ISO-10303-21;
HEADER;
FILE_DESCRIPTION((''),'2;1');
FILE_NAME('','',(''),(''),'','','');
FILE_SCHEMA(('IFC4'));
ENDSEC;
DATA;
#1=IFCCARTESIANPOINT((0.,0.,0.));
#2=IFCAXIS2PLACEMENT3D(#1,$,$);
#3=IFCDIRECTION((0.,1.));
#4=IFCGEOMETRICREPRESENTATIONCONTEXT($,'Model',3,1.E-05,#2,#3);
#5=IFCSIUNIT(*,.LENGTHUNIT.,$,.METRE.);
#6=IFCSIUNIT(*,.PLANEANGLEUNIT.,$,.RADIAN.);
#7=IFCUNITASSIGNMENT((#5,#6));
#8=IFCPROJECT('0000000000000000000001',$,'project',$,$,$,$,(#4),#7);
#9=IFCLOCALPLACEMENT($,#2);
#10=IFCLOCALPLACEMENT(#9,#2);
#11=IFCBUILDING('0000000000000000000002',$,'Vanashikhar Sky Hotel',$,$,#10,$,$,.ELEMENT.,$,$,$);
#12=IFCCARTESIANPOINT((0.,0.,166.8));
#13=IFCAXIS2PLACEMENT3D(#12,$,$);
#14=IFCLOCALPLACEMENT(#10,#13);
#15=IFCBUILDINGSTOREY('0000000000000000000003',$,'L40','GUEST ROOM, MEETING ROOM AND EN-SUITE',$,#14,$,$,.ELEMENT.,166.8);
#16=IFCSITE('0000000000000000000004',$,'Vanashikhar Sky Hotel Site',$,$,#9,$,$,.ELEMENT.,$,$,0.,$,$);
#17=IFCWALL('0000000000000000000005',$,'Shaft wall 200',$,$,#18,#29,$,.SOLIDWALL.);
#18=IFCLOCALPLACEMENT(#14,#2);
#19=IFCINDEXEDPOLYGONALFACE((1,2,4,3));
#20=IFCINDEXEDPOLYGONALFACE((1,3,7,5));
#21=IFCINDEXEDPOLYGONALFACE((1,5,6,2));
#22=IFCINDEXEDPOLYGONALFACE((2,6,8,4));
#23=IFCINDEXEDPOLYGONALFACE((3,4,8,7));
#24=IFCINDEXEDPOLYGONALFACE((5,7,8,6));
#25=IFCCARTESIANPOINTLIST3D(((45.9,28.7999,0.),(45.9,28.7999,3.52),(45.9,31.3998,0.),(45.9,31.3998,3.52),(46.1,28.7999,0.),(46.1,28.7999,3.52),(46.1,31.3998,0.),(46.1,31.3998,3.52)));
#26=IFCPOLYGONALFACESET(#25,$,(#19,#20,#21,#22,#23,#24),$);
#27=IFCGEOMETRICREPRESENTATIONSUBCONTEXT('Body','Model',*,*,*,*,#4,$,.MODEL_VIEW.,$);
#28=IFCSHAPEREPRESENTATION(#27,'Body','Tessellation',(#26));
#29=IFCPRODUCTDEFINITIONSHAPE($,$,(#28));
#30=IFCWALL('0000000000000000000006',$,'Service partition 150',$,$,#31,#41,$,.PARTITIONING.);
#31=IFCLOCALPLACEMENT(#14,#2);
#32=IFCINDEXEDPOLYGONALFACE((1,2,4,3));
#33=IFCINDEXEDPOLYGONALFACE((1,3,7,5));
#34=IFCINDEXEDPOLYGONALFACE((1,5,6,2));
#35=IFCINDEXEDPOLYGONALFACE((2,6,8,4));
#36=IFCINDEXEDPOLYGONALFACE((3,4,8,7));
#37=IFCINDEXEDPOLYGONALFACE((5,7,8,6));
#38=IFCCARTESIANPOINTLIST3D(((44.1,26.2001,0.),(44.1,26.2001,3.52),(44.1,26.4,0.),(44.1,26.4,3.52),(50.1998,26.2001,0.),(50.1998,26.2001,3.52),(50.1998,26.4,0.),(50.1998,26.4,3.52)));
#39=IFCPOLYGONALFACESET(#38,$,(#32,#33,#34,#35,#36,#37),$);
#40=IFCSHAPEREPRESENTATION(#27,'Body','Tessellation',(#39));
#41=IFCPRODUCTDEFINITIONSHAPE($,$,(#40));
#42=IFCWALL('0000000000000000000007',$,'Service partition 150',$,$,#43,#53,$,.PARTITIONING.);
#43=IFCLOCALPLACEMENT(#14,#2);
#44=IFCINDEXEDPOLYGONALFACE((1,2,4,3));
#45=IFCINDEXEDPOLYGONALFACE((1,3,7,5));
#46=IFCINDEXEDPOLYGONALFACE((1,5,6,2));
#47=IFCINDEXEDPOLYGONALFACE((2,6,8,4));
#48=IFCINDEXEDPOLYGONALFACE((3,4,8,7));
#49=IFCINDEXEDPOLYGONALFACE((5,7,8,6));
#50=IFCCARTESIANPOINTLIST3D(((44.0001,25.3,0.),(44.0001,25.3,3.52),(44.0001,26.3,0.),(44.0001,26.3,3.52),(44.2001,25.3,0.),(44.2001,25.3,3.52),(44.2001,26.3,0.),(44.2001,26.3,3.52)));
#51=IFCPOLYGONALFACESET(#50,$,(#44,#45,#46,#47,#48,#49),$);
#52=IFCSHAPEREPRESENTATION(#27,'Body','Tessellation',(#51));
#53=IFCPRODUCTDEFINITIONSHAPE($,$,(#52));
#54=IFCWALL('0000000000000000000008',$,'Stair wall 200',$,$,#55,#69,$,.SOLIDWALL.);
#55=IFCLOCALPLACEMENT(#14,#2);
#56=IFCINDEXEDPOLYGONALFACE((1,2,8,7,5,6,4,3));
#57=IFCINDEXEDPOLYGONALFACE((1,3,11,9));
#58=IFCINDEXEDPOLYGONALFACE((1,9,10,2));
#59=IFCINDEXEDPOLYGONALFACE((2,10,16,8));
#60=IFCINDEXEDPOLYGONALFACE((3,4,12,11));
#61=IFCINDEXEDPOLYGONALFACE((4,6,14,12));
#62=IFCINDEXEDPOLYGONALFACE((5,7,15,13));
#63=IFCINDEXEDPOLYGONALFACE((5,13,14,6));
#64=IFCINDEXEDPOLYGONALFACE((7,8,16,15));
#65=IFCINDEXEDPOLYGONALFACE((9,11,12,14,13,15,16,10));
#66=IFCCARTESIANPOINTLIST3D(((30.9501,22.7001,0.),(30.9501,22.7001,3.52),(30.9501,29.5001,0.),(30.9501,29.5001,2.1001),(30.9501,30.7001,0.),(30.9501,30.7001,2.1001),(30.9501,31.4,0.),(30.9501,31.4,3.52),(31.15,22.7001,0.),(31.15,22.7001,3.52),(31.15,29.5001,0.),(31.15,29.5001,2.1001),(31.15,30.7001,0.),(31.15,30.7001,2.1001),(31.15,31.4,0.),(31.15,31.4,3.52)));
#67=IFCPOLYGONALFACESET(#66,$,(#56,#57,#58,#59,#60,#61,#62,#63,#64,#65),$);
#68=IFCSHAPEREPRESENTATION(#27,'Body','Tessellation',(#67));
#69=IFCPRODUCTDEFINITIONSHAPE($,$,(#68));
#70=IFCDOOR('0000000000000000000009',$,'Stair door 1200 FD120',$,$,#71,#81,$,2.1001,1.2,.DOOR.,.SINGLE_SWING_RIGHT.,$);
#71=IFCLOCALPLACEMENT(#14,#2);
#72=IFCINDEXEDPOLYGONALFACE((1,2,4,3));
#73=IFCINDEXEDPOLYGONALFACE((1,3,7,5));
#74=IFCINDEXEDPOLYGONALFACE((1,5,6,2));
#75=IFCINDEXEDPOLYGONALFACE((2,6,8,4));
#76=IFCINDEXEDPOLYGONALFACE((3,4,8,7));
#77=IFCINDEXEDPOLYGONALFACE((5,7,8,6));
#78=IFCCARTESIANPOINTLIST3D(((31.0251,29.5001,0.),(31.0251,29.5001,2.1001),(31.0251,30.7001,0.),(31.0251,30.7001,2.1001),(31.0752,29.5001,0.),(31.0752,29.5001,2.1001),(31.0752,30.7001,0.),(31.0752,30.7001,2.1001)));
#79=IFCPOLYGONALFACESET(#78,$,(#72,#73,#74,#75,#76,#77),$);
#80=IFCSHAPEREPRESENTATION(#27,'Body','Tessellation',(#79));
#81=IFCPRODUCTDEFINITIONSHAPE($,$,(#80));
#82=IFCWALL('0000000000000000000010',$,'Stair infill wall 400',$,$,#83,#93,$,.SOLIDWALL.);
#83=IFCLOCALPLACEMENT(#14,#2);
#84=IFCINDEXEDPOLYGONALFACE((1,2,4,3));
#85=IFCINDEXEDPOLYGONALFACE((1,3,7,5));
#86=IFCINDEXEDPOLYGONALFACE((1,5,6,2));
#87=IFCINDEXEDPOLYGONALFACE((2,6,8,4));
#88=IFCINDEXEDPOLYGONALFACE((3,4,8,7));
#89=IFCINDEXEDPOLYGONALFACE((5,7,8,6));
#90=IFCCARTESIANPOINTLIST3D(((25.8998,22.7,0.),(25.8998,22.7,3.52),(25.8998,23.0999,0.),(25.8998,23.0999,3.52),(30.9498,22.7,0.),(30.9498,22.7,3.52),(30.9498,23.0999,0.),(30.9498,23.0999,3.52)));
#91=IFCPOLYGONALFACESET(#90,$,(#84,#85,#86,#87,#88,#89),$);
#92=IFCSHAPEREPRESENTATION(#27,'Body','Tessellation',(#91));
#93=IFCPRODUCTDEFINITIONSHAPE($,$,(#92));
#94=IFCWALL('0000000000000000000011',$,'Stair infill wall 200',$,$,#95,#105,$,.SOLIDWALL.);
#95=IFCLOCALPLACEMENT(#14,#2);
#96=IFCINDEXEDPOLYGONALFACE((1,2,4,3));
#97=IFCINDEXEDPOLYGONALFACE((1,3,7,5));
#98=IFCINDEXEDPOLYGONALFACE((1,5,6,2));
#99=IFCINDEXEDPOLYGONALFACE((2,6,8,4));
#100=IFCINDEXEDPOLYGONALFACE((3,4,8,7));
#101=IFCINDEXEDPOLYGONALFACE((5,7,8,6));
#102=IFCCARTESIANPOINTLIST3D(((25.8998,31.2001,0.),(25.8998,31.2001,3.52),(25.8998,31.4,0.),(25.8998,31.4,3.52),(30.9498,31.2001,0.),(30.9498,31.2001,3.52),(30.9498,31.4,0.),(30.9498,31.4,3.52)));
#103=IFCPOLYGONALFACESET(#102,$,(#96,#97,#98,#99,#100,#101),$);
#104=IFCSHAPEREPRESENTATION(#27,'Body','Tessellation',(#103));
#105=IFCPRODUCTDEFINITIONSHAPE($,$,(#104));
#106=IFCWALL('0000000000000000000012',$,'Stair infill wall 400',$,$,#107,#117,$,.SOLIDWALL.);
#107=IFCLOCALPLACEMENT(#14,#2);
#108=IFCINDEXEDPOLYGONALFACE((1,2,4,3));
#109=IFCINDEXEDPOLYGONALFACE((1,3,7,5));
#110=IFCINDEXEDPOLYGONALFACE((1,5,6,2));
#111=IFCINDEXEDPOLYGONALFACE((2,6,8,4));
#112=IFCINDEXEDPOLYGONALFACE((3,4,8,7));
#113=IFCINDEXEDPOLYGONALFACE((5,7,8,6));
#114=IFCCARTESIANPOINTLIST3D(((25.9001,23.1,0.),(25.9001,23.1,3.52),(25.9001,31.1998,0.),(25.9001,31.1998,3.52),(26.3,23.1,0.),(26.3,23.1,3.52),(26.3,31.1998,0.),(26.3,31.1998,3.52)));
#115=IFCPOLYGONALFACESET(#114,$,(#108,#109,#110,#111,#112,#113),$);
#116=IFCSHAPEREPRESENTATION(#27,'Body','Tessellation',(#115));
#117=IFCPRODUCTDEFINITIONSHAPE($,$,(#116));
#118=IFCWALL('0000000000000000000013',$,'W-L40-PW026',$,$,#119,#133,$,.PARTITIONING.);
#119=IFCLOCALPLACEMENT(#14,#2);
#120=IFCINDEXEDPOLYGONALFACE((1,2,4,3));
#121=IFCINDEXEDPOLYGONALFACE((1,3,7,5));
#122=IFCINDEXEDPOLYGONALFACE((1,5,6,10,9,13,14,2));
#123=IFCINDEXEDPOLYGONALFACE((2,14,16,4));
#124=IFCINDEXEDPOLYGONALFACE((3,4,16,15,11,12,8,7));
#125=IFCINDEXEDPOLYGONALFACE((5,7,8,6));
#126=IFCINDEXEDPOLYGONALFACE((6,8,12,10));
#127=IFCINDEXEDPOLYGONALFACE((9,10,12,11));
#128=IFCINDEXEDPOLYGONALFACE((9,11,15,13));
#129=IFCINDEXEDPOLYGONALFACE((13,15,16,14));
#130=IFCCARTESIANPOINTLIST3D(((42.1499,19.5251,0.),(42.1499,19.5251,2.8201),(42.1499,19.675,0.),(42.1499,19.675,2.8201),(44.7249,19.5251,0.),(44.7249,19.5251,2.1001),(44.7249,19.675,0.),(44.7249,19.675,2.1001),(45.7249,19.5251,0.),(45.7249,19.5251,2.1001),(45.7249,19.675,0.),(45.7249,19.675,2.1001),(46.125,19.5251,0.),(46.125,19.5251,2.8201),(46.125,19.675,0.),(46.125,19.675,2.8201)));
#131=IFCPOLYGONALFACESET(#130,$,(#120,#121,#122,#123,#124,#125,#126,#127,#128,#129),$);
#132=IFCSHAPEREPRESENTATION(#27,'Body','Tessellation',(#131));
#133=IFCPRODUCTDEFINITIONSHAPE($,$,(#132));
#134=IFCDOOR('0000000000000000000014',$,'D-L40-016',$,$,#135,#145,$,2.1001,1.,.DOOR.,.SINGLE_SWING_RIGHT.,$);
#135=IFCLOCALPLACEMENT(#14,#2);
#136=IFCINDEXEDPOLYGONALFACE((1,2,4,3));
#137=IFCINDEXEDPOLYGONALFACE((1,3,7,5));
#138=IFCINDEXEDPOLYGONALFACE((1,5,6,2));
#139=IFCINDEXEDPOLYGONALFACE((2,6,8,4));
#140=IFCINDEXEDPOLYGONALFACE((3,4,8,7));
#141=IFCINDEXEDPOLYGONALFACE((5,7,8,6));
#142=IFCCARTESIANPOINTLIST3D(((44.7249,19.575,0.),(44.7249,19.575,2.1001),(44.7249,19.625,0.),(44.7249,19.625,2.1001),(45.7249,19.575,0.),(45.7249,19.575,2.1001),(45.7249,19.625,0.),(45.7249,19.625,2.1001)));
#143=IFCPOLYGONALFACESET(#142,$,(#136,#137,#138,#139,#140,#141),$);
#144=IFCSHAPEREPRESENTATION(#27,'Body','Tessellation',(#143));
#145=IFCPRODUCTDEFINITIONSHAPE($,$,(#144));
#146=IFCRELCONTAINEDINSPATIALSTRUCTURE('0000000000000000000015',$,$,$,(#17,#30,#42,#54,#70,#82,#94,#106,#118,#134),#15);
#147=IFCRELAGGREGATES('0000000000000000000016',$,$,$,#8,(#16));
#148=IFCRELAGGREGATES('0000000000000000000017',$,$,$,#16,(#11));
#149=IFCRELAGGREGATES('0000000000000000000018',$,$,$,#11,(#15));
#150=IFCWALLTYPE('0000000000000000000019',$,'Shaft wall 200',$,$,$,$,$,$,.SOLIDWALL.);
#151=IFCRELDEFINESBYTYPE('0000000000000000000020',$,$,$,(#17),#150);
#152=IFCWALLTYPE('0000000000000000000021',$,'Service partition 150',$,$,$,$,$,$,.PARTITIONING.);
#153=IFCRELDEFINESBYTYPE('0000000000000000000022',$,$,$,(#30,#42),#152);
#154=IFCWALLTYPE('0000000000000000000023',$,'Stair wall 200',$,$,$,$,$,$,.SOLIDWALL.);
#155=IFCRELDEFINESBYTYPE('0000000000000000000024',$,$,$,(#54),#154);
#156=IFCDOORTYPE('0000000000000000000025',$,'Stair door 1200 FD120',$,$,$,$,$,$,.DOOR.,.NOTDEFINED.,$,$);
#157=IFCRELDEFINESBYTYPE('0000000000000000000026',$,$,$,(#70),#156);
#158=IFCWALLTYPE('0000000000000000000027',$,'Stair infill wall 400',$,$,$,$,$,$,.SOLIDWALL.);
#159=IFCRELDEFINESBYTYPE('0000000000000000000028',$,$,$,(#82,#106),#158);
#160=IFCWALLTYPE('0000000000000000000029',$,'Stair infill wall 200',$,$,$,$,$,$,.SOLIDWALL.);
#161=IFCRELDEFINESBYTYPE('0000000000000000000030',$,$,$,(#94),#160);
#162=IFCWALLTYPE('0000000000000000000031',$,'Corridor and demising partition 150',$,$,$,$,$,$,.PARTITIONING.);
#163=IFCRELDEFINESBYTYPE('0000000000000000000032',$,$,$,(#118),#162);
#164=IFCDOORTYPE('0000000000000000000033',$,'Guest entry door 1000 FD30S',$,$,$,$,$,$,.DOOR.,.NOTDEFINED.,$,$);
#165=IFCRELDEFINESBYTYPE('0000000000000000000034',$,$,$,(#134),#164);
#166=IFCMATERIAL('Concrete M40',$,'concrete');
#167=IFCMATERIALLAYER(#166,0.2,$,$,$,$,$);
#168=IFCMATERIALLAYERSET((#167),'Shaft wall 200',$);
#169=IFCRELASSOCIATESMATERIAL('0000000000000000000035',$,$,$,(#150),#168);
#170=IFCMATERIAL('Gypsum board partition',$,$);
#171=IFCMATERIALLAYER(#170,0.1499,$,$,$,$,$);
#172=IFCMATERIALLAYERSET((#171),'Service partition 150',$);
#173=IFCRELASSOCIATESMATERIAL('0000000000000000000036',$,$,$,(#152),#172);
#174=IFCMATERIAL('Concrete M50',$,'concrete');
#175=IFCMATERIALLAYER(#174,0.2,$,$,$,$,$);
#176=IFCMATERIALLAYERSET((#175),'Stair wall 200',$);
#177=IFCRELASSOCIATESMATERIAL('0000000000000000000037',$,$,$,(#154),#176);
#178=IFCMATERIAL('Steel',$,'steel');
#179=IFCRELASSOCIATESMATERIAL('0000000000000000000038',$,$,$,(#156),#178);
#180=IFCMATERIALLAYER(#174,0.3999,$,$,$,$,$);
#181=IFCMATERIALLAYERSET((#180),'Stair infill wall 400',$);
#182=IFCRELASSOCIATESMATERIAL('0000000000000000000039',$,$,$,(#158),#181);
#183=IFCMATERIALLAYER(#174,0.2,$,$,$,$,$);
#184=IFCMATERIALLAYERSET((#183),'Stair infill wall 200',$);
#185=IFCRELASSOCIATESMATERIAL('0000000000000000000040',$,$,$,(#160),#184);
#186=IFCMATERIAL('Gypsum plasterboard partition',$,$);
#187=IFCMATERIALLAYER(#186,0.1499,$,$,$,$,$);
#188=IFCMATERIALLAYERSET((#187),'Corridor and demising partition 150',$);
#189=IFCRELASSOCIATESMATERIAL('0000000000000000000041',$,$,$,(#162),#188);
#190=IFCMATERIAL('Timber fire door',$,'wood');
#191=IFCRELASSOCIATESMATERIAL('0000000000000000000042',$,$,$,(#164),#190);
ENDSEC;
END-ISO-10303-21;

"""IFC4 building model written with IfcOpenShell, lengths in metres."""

from ifc_helpers import new_model, si_unit, direction, frame, frame_2d, origin, place, context, subcontext, project, spatial, rectangle, extrude, source, transform, mapped, material, layer, layer_set, type_object, element, fill, save


model = new_model("IFC4")

# Units and contexts
model_context = context("Model", 3, precision=1e-05, world=origin(), true_north=direction((0.0, 1.0)))
body_context = subcontext(model_context, "Body", "Model", "MODEL_VIEW")
ifc_project = project(units=[si_unit("LENGTHUNIT", "METRE"), si_unit("PLANEANGLEUNIT", "RADIAN")], contexts=[model_context])

# Site, building, storey
site_placement = place(None, origin())
site = spatial("IfcSite", under=ifc_project, at=site_placement, Name="Vanashikhar Sky Hotel Site", CompositionType="ELEMENT", RefElevation=0.0)
building_placement = place(site_placement, origin())
building = spatial("IfcBuilding", under=site, at=building_placement, Name="Vanashikhar Sky Hotel", CompositionType="ELEMENT")
storey_placement = place(building_placement, frame((0.0, 0.0, 166.8)))
storey = spatial("IfcBuildingStorey", under=building, at=storey_placement, Name="L40", Description="GUEST ROOM, MEETING ROOM AND EN-SUITE", CompositionType="ELEMENT", Elevation=166.8)

# Shared definitions
ifc_material_1 = material(Name="Steel", Category="steel")

# Shared definitions
ifc_material_2 = material(Name="Concrete M40", Category="concrete")
ifc_layer_1 = layer(ifc_material_2, 0.2)
ifc_layer_set_1 = layer_set([ifc_layer_1], Name="Shaft wall 200")
wall_type_1 = type_object("IfcWallType", Name="Shaft wall 200", PredefinedType="SOLIDWALL", material=ifc_layer_set_1)

# Shared definitions
ifc_material_3 = material(Name="Gypsum board partition")
ifc_layer_2 = layer(ifc_material_3, 0.1499)
ifc_layer_set_2 = layer_set([ifc_layer_2], Name="Service partition 150")
wall_type_2 = type_object("IfcWallType", Name="Service partition 150", PredefinedType="PARTITIONING", material=ifc_layer_set_2)

# Walls
shared_shape_1 = source(origin(), body_context, "Body", "SweptSolid", [
    extrude(rectangle(XDim=2.5999, YDim=0.2, at=frame_2d((1.2998, 0.0))), origin(), (0.0, 0.0, 1.0), 3.52),
])
wall_1_placement = place(storey_placement, frame((46.0, 28.8, 0.0), z_axis=(0.0, 0.0, 1.0), x_axis=(0.0, 1.0, 0.0)))
element("IfcWall", 1, at=wall_1_placement, inside=storey, type_object=wall_type_1, Name="Shaft wall 200", PredefinedType="SOLIDWALL", context=body_context, shape_type="MappedRepresentation", body=[
    mapped(shared_shape_1, transform((0.0, 0.0, 0.0), scale=1.0)),
])
shared_shape_2 = source(origin(), body_context, "Body", "SweptSolid", [
    extrude(rectangle(XDim=6.0999, YDim=0.2, at=frame_2d((3.0498, 0.0))), origin(), (0.0, 0.0, 1.0), 3.52),
])
wall_2_placement = place(storey_placement, frame((44.1001, 26.3, 0.0), z_axis=(0.0, 0.0, 1.0), x_axis=(1.0, 0.0, 0.0)))
element("IfcWall", 2, at=wall_2_placement, inside=storey, type_object=wall_type_2, Name="Service partition 150", PredefinedType="PARTITIONING", context=body_context, shape_type="MappedRepresentation", body=[
    mapped(shared_shape_2, transform((0.0, 0.0, 0.0), scale=1.0)),
])
shared_shape_3 = source(origin(), body_context, "Body", "SweptSolid", [
    extrude(rectangle(XDim=1.0, YDim=0.2, at=frame_2d((0.5, 0.0))), origin(), (0.0, 0.0, 1.0), 3.52),
])
wall_3_placement = place(storey_placement, frame((44.1001, 25.3, 0.0), z_axis=(0.0, 0.0, 1.0), x_axis=(0.0, 1.0, 0.0)))
element("IfcWall", 3, at=wall_3_placement, inside=storey, type_object=wall_type_2, Name="Service partition 150", PredefinedType="PARTITIONING", context=body_context, shape_type="MappedRepresentation", body=[
    mapped(shared_shape_3, transform((0.0, 0.0, 0.0), scale=1.0)),
])

# Wall, opening, door
ifc_material_4 = material(Name="Concrete M50", Category="concrete")
ifc_layer_3 = layer(ifc_material_4, 0.2)
ifc_layer_set_3 = layer_set([ifc_layer_3], Name="Stair wall 200")
wall_type_3 = type_object("IfcWallType", Name="Stair wall 200", PredefinedType="SOLIDWALL", material=ifc_layer_set_3)
shared_shape_4 = source(origin(), body_context, "Body", "SweptSolid", [
    extrude(rectangle(XDim=8.7, YDim=0.2, at=frame_2d((4.3501, 0.0))), origin(), (0.0, 0.0, 1.0), 3.52),
])
wall_4_placement = place(storey_placement, frame((31.05, 22.7, 0.0), z_axis=(0.0, 0.0, 1.0), x_axis=(0.0, 1.0, 0.0)))
wall_4 = element("IfcWall", 4, at=wall_4_placement, inside=storey, type_object=wall_type_3, Name="Stair wall 200", PredefinedType="SOLIDWALL", context=body_context, shape_type="MappedRepresentation", body=[
    mapped(shared_shape_4, transform((0.0, 0.0, 0.0), scale=1.0)),
])
shared_shape_5 = source(origin(), body_context, "Body", "SweptSolid", [
    extrude(rectangle(XDim=1.2, YDim=2.1001, at=frame_2d((0.6001, 1.05))), frame((0.0, 0.1099, 0.0), z_axis=(0.0, -1.0, 0.0), x_axis=(1.0, 0.0, 0.0)), (0.0, 0.0, 1.0), 0.22),
])
opening_1_placement = place(wall_4_placement, frame((6.8, 0.0, 0.0)))
opening_1 = element("IfcOpeningElement", 5, at=opening_1_placement, cuts=wall_4, PredefinedType="OPENING", context=body_context, shape_type="MappedRepresentation", body=[
    mapped(shared_shape_5, transform((0.0, 0.0, 0.0), scale=1.0)),
])
door_type_1 = type_object("IfcDoorType", Name="Stair door 1200 FD120", OperationType="NOTDEFINED", PredefinedType="DOOR", material=ifc_material_1)
shared_shape_6 = source(origin(), body_context, "Body", "SweptSolid", [
    extrude(rectangle(XDim=1.2, YDim=2.1001, at=frame_2d((0.6001, 1.05))), frame((0.0, 0.0249, 0.0), z_axis=(0.0, -1.0, 0.0), x_axis=(1.0, 0.0, 0.0)), (0.0, 0.0, 1.0), 0.05),
])
door_1_placement = place(opening_1_placement, origin())
door_1 = element("IfcDoor", 6, at=door_1_placement, inside=storey, type_object=door_type_1, Name="Stair door 1200 FD120", OperationType="SINGLE_SWING_RIGHT", OverallHeight=2.1001, OverallWidth=1.2, PredefinedType="DOOR", context=body_context, shape_type="MappedRepresentation", body=[
    mapped(shared_shape_6, transform((0.0, 0.0, 0.0), scale=1.0)),
])
fill(opening_1, door_1)

# Walls
ifc_layer_4 = layer(ifc_material_4, 0.3999)
ifc_layer_set_4 = layer_set([ifc_layer_4], Name="Stair infill wall 400")
wall_type_4 = type_object("IfcWallType", Name="Stair infill wall 400", PredefinedType="SOLIDWALL", material=ifc_layer_set_4)
shared_shape_7 = source(origin(), body_context, "Body", "SweptSolid", [
    extrude(rectangle(XDim=5.05, YDim=0.3999, at=frame_2d((2.5249, 0.0))), origin(), (0.0, 0.0, 1.0), 3.52),
])
wall_5_placement = place(storey_placement, frame((25.8999, 22.8999, 0.0), z_axis=(0.0, 0.0, 1.0), x_axis=(1.0, 0.0, 0.0)))
element("IfcWall", 7, at=wall_5_placement, inside=storey, type_object=wall_type_4, Name="Stair infill wall 400", PredefinedType="SOLIDWALL", context=body_context, shape_type="MappedRepresentation", body=[
    mapped(shared_shape_7, transform((0.0, 0.0, 0.0), scale=1.0)),
])
ifc_layer_5 = layer(ifc_material_4, 0.2)
ifc_layer_set_5 = layer_set([ifc_layer_5], Name="Stair infill wall 200")
wall_type_5 = type_object("IfcWallType", Name="Stair infill wall 200", PredefinedType="SOLIDWALL", material=ifc_layer_set_5)
shared_shape_8 = source(origin(), body_context, "Body", "SweptSolid", [
    extrude(rectangle(XDim=5.05, YDim=0.2, at=frame_2d((2.5249, 0.0))), origin(), (0.0, 0.0, 1.0), 3.52),
])
wall_6_placement = place(storey_placement, frame((25.8999, 31.3, 0.0), z_axis=(0.0, 0.0, 1.0), x_axis=(1.0, 0.0, 0.0)))
element("IfcWall", 8, at=wall_6_placement, inside=storey, type_object=wall_type_5, Name="Stair infill wall 200", PredefinedType="SOLIDWALL", context=body_context, shape_type="MappedRepresentation", body=[
    mapped(shared_shape_8, transform((0.0, 0.0, 0.0), scale=1.0)),
])
shared_shape_9 = source(origin(), body_context, "Body", "SweptSolid", [
    extrude(rectangle(XDim=8.0999, YDim=0.3999, at=frame_2d((4.0498, 0.0))), origin(), (0.0, 0.0, 1.0), 3.52),
])
wall_7_placement = place(storey_placement, frame((26.1001, 23.1001, 0.0), z_axis=(0.0, 0.0, 1.0), x_axis=(0.0, 1.0, 0.0)))
element("IfcWall", 9, at=wall_7_placement, inside=storey, type_object=wall_type_4, Name="Stair infill wall 400", PredefinedType="SOLIDWALL", context=body_context, shape_type="MappedRepresentation", body=[
    mapped(shared_shape_9, transform((0.0, 0.0, 0.0), scale=1.0)),
])

# Wall, opening, door
ifc_material_5 = material(Name="Gypsum plasterboard partition")
ifc_layer_6 = layer(ifc_material_5, 0.1499)
ifc_layer_set_6 = layer_set([ifc_layer_6], Name="Corridor and demising partition 150")
wall_type_6 = type_object("IfcWallType", Name="Corridor and demising partition 150", PredefinedType="PARTITIONING", material=ifc_layer_set_6)
shared_shape_10 = source(origin(), body_context, "Body", "SweptSolid", [
    extrude(rectangle(XDim=3.9751, YDim=0.1499, at=frame_2d((1.9875, 0.0))), origin(), (0.0, 0.0, 1.0), 2.8201),
])
wall_8_placement = place(storey_placement, frame((42.1499, 19.6001, 0.0), z_axis=(0.0, 0.0, 1.0), x_axis=(1.0, 0.0, 0.0)))
wall_8 = element("IfcWall", 10, at=wall_8_placement, inside=storey, type_object=wall_type_6, Name="W-L40-PW026", PredefinedType="PARTITIONING", context=body_context, shape_type="MappedRepresentation", body=[
    mapped(shared_shape_10, transform((0.0, 0.0, 0.0), scale=1.0)),
])
shared_shape_11 = source(origin(), body_context, "Body", "SweptSolid", [
    extrude(rectangle(XDim=1.0, YDim=2.1001, at=frame_2d((0.5, 1.05))), frame((0.0, 0.085, 0.0), z_axis=(0.0, -1.0, 0.0), x_axis=(1.0, 0.0, 0.0)), (0.0, 0.0, 1.0), 0.1699),
])
opening_2_placement = place(wall_8_placement, frame((2.575, 0.0, 0.0)))
opening_2 = element("IfcOpeningElement", 11, at=opening_2_placement, cuts=wall_8, PredefinedType="OPENING", context=body_context, shape_type="MappedRepresentation", body=[
    mapped(shared_shape_11, transform((0.0, 0.0, 0.0), scale=1.0)),
])
ifc_material_6 = material(Name="Timber fire door", Category="wood")
door_type_2 = type_object("IfcDoorType", Name="Guest entry door 1000 FD30S", OperationType="NOTDEFINED", PredefinedType="DOOR", material=ifc_material_6)
shared_shape_12 = source(origin(), body_context, "Body", "SweptSolid", [
    extrude(rectangle(XDim=1.0, YDim=2.1001, at=frame_2d((0.5, 1.05))), frame((0.0, 0.0249, 0.0), z_axis=(0.0, -1.0, 0.0), x_axis=(1.0, 0.0, 0.0)), (0.0, 0.0, 1.0), 0.05),
])
door_2_placement = place(opening_2_placement, origin())
door_2 = element("IfcDoor", 12, at=door_2_placement, inside=storey, type_object=door_type_2, Name="D-L40-016", OperationType="SINGLE_SWING_RIGHT", OverallHeight=2.1001, OverallWidth=1.0, PredefinedType="DOOR", context=body_context, shape_type="MappedRepresentation", body=[
    mapped(shared_shape_12, transform((0.0, 0.0, 0.0), scale=1.0)),
])
fill(opening_2, door_2)

save(model, "model.ifc")
